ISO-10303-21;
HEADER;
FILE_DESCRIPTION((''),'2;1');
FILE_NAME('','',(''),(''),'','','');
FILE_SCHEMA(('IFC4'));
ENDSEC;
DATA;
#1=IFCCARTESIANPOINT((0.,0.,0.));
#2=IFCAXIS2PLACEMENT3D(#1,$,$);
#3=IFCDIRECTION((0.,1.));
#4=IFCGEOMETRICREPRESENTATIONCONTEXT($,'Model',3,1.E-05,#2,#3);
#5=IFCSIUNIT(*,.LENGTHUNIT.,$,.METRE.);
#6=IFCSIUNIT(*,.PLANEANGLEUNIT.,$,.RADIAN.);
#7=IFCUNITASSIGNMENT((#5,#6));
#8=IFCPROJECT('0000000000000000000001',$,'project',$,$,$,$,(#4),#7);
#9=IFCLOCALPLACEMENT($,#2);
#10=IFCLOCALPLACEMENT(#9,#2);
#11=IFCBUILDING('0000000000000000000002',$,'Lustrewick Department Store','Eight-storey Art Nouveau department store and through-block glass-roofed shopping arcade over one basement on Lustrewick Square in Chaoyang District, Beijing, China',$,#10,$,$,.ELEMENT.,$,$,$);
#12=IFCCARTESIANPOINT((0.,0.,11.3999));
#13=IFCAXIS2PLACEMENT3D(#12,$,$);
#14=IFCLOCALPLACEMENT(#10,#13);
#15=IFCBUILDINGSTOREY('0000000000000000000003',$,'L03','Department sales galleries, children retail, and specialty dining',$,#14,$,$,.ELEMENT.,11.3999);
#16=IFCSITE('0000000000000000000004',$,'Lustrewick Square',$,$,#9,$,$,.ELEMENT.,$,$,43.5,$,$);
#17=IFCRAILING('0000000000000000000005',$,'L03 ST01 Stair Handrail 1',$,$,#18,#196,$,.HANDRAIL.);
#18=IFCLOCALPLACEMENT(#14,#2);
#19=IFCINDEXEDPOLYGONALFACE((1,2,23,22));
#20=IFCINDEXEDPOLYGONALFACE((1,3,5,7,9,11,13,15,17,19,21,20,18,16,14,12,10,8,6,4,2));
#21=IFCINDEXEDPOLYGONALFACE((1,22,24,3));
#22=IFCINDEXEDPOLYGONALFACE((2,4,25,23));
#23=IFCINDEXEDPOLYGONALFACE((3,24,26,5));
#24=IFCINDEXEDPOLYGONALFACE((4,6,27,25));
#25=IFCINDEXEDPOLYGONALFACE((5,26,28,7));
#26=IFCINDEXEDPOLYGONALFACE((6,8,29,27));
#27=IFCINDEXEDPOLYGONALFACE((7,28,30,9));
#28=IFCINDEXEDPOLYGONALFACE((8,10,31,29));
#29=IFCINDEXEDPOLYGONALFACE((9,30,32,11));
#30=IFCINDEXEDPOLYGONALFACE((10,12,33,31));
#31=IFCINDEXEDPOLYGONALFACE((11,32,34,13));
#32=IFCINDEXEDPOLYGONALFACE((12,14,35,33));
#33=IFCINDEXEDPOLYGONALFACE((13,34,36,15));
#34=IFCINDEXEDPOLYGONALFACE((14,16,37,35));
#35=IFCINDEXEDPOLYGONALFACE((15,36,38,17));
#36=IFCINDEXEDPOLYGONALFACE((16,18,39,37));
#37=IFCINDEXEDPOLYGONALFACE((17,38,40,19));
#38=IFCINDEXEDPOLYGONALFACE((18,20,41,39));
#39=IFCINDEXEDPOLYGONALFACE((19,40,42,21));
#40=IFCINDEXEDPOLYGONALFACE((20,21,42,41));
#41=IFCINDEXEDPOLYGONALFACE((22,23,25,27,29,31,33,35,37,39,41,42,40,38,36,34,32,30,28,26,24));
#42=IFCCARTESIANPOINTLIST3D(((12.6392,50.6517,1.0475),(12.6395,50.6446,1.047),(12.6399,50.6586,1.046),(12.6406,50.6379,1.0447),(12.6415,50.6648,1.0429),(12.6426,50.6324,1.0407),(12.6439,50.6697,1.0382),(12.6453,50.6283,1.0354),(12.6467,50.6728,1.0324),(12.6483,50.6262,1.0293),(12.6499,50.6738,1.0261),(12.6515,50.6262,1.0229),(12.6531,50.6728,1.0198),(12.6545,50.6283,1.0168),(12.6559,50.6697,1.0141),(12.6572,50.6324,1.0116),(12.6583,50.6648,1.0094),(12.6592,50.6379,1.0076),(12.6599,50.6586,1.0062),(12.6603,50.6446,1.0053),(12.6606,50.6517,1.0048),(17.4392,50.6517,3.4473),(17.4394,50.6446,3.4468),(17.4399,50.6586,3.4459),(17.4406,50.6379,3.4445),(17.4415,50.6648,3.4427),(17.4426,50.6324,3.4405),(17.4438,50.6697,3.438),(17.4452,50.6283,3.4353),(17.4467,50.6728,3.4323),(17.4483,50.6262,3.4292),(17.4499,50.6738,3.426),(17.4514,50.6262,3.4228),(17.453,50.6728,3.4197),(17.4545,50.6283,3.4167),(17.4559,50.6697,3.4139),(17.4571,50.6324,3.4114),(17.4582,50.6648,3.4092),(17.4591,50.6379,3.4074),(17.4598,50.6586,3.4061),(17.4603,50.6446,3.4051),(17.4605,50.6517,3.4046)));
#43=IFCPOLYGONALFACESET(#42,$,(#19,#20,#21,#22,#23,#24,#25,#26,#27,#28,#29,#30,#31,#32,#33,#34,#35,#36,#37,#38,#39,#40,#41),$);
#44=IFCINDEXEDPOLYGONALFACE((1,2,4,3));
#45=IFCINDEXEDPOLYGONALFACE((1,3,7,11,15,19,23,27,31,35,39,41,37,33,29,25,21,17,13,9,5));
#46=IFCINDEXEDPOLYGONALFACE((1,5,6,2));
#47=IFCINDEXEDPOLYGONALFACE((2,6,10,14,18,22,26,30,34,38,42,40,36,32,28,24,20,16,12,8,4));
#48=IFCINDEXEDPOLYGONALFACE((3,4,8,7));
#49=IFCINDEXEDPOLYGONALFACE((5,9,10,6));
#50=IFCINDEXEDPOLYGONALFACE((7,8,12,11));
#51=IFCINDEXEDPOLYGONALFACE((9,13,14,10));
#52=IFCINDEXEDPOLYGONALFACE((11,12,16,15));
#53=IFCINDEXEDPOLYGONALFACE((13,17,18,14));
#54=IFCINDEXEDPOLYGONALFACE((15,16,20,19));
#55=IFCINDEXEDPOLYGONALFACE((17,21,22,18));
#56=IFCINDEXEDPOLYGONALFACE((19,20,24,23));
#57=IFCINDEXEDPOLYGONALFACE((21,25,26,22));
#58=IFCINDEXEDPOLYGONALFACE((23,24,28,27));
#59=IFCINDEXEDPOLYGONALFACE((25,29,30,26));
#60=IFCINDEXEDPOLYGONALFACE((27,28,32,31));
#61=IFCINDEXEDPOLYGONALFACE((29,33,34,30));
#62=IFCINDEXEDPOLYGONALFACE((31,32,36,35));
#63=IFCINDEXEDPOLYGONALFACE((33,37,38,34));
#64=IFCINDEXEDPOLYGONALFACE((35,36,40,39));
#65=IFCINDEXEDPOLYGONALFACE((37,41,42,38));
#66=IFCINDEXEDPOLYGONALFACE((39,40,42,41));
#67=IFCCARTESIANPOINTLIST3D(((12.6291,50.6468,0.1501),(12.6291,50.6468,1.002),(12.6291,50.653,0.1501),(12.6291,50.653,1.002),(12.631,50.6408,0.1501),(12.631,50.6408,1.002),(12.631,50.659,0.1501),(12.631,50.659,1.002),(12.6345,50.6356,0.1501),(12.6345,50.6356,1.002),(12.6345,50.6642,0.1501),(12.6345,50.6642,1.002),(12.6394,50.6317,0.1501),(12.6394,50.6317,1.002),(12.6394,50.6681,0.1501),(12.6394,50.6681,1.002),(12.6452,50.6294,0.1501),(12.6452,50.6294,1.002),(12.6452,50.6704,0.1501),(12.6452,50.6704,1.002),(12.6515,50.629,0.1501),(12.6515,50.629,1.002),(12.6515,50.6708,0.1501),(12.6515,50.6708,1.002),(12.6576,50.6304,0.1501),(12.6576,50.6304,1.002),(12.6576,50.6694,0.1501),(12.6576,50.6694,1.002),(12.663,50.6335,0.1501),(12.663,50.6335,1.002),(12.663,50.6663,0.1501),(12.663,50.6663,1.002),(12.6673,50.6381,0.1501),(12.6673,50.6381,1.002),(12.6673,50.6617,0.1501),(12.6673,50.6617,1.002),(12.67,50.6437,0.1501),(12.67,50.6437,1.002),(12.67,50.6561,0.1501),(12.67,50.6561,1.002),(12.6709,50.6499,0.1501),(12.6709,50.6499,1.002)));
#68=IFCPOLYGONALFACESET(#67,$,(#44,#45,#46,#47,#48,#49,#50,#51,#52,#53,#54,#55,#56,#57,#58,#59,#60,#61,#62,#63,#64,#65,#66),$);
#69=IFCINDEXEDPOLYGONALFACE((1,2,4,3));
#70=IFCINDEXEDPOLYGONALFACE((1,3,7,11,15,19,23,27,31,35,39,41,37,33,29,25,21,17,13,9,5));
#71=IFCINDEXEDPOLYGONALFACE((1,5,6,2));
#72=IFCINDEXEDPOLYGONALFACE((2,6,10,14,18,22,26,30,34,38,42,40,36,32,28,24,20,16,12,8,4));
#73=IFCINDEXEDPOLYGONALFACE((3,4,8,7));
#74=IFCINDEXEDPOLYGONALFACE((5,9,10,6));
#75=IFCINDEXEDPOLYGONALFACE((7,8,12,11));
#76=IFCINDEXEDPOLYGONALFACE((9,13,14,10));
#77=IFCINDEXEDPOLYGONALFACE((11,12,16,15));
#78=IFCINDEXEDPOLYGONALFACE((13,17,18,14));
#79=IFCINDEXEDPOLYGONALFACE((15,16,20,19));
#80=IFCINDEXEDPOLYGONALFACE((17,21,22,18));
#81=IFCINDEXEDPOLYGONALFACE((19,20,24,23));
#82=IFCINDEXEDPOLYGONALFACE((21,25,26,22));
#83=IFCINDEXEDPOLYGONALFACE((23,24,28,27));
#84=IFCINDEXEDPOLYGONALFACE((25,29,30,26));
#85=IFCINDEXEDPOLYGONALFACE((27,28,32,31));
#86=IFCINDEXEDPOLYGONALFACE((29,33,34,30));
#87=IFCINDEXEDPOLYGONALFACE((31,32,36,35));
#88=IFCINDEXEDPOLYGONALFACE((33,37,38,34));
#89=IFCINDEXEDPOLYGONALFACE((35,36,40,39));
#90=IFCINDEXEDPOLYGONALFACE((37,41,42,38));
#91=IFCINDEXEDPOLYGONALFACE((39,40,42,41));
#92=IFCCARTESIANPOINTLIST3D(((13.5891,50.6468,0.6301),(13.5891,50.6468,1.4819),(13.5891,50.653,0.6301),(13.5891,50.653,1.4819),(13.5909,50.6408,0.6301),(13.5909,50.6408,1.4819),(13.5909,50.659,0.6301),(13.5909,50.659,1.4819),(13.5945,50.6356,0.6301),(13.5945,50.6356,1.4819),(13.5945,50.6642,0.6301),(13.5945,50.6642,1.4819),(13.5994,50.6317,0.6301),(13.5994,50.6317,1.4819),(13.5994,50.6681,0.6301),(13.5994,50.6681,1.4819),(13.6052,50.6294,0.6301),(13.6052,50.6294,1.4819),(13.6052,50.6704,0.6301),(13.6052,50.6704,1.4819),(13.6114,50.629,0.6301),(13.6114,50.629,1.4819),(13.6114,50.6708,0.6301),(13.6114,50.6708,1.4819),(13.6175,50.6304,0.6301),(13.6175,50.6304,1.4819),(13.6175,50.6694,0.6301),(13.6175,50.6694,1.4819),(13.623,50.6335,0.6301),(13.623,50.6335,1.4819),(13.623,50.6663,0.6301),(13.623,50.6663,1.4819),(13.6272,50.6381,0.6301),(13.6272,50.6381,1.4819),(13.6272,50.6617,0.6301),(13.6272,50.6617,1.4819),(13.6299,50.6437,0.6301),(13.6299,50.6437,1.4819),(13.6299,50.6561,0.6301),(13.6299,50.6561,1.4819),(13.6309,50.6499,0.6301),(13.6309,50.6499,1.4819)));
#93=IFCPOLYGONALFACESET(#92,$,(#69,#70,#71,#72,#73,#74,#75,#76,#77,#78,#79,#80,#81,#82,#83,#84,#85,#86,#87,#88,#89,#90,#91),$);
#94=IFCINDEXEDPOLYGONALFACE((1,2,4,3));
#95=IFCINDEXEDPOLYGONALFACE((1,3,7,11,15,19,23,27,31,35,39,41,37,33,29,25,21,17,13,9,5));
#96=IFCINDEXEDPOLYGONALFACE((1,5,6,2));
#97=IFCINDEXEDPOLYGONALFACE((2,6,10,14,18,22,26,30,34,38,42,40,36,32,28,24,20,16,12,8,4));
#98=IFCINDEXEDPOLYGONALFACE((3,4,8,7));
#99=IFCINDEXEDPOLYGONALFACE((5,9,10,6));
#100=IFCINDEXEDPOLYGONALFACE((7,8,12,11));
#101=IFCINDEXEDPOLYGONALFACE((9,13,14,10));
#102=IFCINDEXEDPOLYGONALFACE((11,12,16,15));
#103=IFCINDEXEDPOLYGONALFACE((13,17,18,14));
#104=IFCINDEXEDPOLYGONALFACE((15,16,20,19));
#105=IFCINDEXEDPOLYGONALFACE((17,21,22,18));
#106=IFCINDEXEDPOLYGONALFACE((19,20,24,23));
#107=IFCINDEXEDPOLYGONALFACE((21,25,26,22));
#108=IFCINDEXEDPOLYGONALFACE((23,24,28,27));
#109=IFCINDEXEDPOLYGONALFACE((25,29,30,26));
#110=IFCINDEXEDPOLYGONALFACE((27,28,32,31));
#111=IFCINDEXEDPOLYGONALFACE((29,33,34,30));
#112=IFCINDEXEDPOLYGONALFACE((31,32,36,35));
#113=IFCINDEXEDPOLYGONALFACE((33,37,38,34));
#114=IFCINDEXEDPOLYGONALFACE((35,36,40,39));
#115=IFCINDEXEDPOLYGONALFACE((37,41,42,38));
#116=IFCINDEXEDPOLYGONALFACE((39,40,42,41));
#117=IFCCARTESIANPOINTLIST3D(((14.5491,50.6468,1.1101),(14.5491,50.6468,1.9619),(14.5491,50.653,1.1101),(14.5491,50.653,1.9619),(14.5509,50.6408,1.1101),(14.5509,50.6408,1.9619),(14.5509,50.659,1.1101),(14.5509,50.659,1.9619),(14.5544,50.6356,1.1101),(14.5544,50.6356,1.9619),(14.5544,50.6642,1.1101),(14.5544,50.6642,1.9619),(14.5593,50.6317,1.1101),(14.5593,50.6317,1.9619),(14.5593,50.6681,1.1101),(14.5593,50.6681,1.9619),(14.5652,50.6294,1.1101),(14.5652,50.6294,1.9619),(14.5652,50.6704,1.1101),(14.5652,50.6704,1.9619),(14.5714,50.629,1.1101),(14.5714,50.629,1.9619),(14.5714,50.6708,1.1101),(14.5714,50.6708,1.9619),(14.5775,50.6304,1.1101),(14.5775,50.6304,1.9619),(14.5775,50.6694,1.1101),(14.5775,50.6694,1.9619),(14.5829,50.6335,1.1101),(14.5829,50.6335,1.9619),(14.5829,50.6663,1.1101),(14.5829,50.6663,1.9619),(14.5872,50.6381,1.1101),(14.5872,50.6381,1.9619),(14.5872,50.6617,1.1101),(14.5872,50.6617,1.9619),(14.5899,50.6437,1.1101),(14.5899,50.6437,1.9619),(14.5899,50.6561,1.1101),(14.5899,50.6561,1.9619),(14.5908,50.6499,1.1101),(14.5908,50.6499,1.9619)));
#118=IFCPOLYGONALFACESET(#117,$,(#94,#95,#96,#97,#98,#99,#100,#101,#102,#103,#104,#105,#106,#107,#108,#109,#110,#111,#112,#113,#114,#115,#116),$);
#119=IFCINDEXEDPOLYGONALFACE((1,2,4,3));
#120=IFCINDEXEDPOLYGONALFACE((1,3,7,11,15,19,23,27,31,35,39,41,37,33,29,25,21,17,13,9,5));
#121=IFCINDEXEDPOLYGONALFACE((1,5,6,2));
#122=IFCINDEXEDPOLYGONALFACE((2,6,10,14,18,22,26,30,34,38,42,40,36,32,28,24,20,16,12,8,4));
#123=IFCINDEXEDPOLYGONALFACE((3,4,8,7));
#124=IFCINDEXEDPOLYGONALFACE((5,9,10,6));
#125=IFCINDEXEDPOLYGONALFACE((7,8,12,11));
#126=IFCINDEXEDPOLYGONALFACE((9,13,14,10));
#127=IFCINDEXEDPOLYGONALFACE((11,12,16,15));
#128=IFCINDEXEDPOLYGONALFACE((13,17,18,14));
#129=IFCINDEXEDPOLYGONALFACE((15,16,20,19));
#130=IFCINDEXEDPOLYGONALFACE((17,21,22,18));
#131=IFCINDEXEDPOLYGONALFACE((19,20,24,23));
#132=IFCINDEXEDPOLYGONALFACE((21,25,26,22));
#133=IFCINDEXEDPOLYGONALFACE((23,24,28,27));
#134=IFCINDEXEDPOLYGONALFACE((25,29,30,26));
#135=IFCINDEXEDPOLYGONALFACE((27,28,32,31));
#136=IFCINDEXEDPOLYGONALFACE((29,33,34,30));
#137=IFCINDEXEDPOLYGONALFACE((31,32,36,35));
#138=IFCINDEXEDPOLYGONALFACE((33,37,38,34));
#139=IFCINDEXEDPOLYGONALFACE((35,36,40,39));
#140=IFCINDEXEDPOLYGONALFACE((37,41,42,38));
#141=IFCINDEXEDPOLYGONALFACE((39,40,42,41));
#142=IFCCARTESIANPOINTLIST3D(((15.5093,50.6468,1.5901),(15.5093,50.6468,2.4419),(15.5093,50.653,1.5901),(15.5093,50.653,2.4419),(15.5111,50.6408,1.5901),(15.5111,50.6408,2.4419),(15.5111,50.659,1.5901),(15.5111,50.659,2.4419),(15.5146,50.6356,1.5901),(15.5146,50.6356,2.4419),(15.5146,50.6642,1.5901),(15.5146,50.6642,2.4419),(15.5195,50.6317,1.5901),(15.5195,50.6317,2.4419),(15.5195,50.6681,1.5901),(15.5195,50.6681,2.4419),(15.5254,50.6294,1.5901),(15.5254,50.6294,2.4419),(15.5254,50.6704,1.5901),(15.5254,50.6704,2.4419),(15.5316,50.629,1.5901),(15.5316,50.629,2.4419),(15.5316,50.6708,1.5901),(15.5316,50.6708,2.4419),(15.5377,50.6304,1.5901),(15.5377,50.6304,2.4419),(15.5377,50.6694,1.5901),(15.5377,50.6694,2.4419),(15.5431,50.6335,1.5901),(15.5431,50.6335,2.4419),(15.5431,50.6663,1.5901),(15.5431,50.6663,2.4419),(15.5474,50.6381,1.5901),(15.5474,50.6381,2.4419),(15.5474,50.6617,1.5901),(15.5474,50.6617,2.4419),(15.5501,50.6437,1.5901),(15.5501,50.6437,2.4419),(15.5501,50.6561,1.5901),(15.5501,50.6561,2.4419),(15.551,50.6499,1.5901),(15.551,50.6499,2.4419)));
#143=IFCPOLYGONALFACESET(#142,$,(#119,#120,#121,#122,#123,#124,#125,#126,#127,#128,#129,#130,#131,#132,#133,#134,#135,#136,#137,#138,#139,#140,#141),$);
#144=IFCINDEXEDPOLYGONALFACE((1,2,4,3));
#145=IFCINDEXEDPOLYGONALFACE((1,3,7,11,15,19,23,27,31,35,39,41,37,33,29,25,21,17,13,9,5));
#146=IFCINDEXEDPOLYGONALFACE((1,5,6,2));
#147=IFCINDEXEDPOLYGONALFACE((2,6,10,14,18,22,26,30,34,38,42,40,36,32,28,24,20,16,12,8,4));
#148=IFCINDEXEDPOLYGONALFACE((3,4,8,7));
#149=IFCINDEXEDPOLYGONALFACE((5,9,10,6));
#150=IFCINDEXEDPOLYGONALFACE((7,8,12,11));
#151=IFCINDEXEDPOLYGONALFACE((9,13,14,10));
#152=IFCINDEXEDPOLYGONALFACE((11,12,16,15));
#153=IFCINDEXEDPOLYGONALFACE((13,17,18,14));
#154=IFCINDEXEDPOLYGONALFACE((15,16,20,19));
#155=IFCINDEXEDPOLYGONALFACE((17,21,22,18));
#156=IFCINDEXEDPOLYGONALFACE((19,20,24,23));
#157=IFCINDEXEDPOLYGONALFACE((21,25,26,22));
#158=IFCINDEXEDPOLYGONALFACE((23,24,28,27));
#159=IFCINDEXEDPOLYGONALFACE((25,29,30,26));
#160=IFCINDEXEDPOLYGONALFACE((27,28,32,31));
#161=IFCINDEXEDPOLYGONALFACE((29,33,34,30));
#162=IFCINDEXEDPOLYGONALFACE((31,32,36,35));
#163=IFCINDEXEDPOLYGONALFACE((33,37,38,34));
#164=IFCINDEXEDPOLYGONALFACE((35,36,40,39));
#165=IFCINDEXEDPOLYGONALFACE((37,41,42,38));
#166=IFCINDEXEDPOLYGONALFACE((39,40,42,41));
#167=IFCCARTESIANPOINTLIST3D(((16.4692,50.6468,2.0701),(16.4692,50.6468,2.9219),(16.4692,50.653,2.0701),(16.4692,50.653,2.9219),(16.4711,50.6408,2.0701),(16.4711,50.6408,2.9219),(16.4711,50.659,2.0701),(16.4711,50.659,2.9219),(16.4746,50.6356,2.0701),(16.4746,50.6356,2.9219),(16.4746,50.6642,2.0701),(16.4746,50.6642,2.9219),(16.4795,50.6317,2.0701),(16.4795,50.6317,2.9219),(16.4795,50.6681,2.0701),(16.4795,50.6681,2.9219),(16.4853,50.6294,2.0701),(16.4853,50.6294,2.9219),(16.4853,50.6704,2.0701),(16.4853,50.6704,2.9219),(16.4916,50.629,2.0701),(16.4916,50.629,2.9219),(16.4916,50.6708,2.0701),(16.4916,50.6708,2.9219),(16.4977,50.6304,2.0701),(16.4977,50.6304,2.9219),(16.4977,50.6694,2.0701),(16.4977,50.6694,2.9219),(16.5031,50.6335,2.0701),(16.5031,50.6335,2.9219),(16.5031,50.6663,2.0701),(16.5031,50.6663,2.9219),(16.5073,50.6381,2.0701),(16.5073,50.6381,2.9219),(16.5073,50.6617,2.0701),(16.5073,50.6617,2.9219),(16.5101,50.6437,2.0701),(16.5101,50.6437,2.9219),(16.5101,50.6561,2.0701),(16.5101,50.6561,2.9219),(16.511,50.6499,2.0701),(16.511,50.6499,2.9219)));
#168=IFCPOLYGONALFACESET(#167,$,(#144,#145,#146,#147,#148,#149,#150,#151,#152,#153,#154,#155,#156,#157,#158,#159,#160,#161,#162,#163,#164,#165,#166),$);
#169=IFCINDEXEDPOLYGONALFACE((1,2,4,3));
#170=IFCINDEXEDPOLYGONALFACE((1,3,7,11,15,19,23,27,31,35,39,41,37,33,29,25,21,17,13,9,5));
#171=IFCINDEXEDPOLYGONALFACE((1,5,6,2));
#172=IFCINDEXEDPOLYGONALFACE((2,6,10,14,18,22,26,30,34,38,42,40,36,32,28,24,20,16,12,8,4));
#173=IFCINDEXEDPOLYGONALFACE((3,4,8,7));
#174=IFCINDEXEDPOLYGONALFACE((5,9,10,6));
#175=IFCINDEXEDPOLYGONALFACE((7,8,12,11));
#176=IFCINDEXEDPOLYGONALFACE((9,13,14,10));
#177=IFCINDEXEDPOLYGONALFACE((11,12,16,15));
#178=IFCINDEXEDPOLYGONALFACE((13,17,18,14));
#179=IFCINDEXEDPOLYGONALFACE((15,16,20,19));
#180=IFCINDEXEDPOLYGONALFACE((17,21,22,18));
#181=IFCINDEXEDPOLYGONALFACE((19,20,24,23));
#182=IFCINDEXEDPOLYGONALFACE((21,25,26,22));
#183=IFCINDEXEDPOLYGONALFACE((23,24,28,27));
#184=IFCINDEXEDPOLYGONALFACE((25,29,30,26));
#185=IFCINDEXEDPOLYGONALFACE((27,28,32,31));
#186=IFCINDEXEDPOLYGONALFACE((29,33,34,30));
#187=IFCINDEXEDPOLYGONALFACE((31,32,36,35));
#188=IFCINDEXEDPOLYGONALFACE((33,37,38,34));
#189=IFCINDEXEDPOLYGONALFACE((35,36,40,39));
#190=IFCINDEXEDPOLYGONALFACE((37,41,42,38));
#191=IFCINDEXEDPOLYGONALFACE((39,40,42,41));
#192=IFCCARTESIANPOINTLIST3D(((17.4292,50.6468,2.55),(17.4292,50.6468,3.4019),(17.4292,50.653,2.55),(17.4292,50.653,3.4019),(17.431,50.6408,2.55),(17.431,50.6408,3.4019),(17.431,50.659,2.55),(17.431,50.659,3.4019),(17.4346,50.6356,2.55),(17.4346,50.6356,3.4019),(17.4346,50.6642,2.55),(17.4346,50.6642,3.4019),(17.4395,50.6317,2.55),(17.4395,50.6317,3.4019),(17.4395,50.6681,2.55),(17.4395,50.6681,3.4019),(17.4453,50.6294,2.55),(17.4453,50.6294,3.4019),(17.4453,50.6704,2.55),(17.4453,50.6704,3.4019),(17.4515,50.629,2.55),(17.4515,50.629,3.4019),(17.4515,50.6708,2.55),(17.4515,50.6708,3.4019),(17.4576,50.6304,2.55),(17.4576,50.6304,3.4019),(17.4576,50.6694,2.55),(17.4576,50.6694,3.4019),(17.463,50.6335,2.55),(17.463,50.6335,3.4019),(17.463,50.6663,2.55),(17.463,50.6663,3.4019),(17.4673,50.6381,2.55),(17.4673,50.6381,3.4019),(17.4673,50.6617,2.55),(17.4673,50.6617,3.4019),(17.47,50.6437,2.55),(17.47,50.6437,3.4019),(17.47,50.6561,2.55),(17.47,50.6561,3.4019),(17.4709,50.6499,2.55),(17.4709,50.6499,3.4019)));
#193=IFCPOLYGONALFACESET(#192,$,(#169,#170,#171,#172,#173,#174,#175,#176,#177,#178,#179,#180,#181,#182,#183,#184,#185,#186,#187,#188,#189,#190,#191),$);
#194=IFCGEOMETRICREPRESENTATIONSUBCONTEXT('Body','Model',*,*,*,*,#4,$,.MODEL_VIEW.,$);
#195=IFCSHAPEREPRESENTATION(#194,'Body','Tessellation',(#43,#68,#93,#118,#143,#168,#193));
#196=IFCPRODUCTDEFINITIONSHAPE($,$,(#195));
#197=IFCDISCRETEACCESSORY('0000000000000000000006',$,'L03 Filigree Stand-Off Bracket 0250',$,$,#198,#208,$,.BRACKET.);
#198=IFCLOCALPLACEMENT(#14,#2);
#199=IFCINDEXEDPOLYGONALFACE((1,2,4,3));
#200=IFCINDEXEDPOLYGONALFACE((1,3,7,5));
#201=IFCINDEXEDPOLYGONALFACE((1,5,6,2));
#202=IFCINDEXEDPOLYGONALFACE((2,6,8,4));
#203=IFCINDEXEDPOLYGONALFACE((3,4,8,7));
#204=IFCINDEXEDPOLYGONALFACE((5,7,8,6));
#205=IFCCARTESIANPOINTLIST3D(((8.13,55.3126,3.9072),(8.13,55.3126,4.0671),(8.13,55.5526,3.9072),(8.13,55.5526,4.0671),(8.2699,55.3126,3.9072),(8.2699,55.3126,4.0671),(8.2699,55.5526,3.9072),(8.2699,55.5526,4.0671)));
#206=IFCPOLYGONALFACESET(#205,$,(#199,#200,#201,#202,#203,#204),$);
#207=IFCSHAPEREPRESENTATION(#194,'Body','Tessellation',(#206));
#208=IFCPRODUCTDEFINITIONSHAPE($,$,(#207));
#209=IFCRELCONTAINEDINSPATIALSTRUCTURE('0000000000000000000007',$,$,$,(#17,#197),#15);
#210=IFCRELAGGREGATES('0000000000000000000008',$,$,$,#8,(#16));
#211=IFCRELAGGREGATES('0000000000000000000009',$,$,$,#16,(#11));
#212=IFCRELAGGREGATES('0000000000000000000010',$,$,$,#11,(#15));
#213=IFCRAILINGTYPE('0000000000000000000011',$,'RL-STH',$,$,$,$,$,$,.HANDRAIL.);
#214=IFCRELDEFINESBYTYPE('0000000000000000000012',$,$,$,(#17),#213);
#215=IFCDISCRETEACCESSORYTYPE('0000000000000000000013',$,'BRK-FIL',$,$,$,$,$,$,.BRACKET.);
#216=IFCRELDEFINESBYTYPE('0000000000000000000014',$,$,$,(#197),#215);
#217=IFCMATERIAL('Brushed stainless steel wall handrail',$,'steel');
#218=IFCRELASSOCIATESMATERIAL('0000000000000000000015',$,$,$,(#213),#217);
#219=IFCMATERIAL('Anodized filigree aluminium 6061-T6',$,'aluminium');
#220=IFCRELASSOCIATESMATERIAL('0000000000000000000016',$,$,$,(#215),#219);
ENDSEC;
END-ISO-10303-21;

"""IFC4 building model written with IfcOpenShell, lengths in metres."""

from ifc_helpers import new_model, si_unit, direction, frame, origin, origin_2d, place, context, subcontext, project, spatial, rectangle, circle, extrude, material, type_object, element, save


model = new_model("IFC4")

# Units and contexts
model_context = context("Model", 3, precision=1e-05, world=origin(), true_north=direction((0.0, 1.0)))
body_context = subcontext(model_context, "Body", "Model", "MODEL_VIEW")
ifc_project = project(units=[si_unit("LENGTHUNIT", "METRE"), si_unit("PLANEANGLEUNIT", "RADIAN")], contexts=[model_context])

# Site, building, storey
site_placement = place(None, origin())
site = spatial("IfcSite", under=ifc_project, at=site_placement, Name="Lustrewick Square", CompositionType="ELEMENT", RefElevation=43.5)
building_placement = place(site_placement, origin())
building = spatial("IfcBuilding", under=site, at=building_placement, Name="Lustrewick Department Store", Description="Eight-storey Art Nouveau department store and through-block glass-roofed shopping arcade over one basement on Lustrewick Square in Chaoyang District, Beijing, China", CompositionType="ELEMENT")
storey_placement = place(building_placement, frame((0.0, 0.0, 11.3999)))
storey = spatial("IfcBuildingStorey", under=building, at=storey_placement, Name="L03", Description="Department sales galleries, children retail, and specialty dining", CompositionType="ELEMENT", Elevation=11.3999)

# Railing
ifc_material_1 = material(Name="Brushed stainless steel wall handrail", Category="steel")
railing_type_1 = type_object("IfcRailingType", Name="RL-STH", PredefinedType="HANDRAIL", material=ifc_material_1)
railing_1_placement = place(storey_placement, frame((12.6499, 50.6499, 0.1501)))
element("IfcRailing", 1, at=railing_1_placement, inside=storey, type_object=railing_type_1, Name="L03 ST01 Stair Handrail 1", PredefinedType="HANDRAIL", context=body_context, shape_type="SweptSolid", body=[
    extrude(circle(Radius=0.0239, at=origin_2d()), frame((0.0, 0.0, 0.876), z_axis=(0.894436, 0.0, 0.447195), x_axis=(0.0, 1.0, 0.0)), (0.0, 0.0, 1.0), 5.3665),
    extrude(circle(Radius=0.021, at=origin_2d()), origin(), (0.0, 0.0, 1.0), 0.8518),
    extrude(circle(Radius=0.021, at=origin_2d()), frame((0.96, 0.0, 0.48)), (0.0, 0.0, 1.0), 0.8518),
    extrude(circle(Radius=0.021, at=origin_2d()), frame((1.9199, 0.0, 0.96)), (0.0, 0.0, 1.0), 0.8518),
    extrude(circle(Radius=0.021, at=origin_2d()), frame((2.8801, 0.0, 1.4399)), (0.0, 0.0, 1.0), 0.8518),
    extrude(circle(Radius=0.021, at=origin_2d()), frame((3.8401, 0.0, 1.9199)), (0.0, 0.0, 1.0), 0.8518),
    extrude(circle(Radius=0.021, at=origin_2d()), frame((4.8, 0.0, 2.3999)), (0.0, 0.0, 1.0), 0.8518),
])

# Discrete accessory
ifc_material_2 = material(Name="Anodized filigree aluminium 6061-T6", Category="aluminium")
discrete_accessory_type = type_object("IfcDiscreteAccessoryType", Name="BRK-FIL", PredefinedType="BRACKET", material=ifc_material_2)
for number, where, z_axis, x_axis, name in (
    (2, (8.2, 55.4326, 3.9072), (0.0, 0.0, 1.0), (0.0, -1.0, 0.0), "L03 Filigree Stand-Off Bracket 0250"),
):
    element("IfcDiscreteAccessory", number, at=place(storey_placement, frame(where, z_axis=z_axis, x_axis=x_axis)), inside=storey, type_object=discrete_accessory_type, Name=name, PredefinedType="BRACKET", context=body_context, shape_type="SweptSolid", body=[
        extrude(rectangle(XDim=0.24, YDim=0.1399, at=origin_2d()), origin(), (0.0, 0.0, 1.0), 0.1599),
    ])

save(model, "model.ifc")
